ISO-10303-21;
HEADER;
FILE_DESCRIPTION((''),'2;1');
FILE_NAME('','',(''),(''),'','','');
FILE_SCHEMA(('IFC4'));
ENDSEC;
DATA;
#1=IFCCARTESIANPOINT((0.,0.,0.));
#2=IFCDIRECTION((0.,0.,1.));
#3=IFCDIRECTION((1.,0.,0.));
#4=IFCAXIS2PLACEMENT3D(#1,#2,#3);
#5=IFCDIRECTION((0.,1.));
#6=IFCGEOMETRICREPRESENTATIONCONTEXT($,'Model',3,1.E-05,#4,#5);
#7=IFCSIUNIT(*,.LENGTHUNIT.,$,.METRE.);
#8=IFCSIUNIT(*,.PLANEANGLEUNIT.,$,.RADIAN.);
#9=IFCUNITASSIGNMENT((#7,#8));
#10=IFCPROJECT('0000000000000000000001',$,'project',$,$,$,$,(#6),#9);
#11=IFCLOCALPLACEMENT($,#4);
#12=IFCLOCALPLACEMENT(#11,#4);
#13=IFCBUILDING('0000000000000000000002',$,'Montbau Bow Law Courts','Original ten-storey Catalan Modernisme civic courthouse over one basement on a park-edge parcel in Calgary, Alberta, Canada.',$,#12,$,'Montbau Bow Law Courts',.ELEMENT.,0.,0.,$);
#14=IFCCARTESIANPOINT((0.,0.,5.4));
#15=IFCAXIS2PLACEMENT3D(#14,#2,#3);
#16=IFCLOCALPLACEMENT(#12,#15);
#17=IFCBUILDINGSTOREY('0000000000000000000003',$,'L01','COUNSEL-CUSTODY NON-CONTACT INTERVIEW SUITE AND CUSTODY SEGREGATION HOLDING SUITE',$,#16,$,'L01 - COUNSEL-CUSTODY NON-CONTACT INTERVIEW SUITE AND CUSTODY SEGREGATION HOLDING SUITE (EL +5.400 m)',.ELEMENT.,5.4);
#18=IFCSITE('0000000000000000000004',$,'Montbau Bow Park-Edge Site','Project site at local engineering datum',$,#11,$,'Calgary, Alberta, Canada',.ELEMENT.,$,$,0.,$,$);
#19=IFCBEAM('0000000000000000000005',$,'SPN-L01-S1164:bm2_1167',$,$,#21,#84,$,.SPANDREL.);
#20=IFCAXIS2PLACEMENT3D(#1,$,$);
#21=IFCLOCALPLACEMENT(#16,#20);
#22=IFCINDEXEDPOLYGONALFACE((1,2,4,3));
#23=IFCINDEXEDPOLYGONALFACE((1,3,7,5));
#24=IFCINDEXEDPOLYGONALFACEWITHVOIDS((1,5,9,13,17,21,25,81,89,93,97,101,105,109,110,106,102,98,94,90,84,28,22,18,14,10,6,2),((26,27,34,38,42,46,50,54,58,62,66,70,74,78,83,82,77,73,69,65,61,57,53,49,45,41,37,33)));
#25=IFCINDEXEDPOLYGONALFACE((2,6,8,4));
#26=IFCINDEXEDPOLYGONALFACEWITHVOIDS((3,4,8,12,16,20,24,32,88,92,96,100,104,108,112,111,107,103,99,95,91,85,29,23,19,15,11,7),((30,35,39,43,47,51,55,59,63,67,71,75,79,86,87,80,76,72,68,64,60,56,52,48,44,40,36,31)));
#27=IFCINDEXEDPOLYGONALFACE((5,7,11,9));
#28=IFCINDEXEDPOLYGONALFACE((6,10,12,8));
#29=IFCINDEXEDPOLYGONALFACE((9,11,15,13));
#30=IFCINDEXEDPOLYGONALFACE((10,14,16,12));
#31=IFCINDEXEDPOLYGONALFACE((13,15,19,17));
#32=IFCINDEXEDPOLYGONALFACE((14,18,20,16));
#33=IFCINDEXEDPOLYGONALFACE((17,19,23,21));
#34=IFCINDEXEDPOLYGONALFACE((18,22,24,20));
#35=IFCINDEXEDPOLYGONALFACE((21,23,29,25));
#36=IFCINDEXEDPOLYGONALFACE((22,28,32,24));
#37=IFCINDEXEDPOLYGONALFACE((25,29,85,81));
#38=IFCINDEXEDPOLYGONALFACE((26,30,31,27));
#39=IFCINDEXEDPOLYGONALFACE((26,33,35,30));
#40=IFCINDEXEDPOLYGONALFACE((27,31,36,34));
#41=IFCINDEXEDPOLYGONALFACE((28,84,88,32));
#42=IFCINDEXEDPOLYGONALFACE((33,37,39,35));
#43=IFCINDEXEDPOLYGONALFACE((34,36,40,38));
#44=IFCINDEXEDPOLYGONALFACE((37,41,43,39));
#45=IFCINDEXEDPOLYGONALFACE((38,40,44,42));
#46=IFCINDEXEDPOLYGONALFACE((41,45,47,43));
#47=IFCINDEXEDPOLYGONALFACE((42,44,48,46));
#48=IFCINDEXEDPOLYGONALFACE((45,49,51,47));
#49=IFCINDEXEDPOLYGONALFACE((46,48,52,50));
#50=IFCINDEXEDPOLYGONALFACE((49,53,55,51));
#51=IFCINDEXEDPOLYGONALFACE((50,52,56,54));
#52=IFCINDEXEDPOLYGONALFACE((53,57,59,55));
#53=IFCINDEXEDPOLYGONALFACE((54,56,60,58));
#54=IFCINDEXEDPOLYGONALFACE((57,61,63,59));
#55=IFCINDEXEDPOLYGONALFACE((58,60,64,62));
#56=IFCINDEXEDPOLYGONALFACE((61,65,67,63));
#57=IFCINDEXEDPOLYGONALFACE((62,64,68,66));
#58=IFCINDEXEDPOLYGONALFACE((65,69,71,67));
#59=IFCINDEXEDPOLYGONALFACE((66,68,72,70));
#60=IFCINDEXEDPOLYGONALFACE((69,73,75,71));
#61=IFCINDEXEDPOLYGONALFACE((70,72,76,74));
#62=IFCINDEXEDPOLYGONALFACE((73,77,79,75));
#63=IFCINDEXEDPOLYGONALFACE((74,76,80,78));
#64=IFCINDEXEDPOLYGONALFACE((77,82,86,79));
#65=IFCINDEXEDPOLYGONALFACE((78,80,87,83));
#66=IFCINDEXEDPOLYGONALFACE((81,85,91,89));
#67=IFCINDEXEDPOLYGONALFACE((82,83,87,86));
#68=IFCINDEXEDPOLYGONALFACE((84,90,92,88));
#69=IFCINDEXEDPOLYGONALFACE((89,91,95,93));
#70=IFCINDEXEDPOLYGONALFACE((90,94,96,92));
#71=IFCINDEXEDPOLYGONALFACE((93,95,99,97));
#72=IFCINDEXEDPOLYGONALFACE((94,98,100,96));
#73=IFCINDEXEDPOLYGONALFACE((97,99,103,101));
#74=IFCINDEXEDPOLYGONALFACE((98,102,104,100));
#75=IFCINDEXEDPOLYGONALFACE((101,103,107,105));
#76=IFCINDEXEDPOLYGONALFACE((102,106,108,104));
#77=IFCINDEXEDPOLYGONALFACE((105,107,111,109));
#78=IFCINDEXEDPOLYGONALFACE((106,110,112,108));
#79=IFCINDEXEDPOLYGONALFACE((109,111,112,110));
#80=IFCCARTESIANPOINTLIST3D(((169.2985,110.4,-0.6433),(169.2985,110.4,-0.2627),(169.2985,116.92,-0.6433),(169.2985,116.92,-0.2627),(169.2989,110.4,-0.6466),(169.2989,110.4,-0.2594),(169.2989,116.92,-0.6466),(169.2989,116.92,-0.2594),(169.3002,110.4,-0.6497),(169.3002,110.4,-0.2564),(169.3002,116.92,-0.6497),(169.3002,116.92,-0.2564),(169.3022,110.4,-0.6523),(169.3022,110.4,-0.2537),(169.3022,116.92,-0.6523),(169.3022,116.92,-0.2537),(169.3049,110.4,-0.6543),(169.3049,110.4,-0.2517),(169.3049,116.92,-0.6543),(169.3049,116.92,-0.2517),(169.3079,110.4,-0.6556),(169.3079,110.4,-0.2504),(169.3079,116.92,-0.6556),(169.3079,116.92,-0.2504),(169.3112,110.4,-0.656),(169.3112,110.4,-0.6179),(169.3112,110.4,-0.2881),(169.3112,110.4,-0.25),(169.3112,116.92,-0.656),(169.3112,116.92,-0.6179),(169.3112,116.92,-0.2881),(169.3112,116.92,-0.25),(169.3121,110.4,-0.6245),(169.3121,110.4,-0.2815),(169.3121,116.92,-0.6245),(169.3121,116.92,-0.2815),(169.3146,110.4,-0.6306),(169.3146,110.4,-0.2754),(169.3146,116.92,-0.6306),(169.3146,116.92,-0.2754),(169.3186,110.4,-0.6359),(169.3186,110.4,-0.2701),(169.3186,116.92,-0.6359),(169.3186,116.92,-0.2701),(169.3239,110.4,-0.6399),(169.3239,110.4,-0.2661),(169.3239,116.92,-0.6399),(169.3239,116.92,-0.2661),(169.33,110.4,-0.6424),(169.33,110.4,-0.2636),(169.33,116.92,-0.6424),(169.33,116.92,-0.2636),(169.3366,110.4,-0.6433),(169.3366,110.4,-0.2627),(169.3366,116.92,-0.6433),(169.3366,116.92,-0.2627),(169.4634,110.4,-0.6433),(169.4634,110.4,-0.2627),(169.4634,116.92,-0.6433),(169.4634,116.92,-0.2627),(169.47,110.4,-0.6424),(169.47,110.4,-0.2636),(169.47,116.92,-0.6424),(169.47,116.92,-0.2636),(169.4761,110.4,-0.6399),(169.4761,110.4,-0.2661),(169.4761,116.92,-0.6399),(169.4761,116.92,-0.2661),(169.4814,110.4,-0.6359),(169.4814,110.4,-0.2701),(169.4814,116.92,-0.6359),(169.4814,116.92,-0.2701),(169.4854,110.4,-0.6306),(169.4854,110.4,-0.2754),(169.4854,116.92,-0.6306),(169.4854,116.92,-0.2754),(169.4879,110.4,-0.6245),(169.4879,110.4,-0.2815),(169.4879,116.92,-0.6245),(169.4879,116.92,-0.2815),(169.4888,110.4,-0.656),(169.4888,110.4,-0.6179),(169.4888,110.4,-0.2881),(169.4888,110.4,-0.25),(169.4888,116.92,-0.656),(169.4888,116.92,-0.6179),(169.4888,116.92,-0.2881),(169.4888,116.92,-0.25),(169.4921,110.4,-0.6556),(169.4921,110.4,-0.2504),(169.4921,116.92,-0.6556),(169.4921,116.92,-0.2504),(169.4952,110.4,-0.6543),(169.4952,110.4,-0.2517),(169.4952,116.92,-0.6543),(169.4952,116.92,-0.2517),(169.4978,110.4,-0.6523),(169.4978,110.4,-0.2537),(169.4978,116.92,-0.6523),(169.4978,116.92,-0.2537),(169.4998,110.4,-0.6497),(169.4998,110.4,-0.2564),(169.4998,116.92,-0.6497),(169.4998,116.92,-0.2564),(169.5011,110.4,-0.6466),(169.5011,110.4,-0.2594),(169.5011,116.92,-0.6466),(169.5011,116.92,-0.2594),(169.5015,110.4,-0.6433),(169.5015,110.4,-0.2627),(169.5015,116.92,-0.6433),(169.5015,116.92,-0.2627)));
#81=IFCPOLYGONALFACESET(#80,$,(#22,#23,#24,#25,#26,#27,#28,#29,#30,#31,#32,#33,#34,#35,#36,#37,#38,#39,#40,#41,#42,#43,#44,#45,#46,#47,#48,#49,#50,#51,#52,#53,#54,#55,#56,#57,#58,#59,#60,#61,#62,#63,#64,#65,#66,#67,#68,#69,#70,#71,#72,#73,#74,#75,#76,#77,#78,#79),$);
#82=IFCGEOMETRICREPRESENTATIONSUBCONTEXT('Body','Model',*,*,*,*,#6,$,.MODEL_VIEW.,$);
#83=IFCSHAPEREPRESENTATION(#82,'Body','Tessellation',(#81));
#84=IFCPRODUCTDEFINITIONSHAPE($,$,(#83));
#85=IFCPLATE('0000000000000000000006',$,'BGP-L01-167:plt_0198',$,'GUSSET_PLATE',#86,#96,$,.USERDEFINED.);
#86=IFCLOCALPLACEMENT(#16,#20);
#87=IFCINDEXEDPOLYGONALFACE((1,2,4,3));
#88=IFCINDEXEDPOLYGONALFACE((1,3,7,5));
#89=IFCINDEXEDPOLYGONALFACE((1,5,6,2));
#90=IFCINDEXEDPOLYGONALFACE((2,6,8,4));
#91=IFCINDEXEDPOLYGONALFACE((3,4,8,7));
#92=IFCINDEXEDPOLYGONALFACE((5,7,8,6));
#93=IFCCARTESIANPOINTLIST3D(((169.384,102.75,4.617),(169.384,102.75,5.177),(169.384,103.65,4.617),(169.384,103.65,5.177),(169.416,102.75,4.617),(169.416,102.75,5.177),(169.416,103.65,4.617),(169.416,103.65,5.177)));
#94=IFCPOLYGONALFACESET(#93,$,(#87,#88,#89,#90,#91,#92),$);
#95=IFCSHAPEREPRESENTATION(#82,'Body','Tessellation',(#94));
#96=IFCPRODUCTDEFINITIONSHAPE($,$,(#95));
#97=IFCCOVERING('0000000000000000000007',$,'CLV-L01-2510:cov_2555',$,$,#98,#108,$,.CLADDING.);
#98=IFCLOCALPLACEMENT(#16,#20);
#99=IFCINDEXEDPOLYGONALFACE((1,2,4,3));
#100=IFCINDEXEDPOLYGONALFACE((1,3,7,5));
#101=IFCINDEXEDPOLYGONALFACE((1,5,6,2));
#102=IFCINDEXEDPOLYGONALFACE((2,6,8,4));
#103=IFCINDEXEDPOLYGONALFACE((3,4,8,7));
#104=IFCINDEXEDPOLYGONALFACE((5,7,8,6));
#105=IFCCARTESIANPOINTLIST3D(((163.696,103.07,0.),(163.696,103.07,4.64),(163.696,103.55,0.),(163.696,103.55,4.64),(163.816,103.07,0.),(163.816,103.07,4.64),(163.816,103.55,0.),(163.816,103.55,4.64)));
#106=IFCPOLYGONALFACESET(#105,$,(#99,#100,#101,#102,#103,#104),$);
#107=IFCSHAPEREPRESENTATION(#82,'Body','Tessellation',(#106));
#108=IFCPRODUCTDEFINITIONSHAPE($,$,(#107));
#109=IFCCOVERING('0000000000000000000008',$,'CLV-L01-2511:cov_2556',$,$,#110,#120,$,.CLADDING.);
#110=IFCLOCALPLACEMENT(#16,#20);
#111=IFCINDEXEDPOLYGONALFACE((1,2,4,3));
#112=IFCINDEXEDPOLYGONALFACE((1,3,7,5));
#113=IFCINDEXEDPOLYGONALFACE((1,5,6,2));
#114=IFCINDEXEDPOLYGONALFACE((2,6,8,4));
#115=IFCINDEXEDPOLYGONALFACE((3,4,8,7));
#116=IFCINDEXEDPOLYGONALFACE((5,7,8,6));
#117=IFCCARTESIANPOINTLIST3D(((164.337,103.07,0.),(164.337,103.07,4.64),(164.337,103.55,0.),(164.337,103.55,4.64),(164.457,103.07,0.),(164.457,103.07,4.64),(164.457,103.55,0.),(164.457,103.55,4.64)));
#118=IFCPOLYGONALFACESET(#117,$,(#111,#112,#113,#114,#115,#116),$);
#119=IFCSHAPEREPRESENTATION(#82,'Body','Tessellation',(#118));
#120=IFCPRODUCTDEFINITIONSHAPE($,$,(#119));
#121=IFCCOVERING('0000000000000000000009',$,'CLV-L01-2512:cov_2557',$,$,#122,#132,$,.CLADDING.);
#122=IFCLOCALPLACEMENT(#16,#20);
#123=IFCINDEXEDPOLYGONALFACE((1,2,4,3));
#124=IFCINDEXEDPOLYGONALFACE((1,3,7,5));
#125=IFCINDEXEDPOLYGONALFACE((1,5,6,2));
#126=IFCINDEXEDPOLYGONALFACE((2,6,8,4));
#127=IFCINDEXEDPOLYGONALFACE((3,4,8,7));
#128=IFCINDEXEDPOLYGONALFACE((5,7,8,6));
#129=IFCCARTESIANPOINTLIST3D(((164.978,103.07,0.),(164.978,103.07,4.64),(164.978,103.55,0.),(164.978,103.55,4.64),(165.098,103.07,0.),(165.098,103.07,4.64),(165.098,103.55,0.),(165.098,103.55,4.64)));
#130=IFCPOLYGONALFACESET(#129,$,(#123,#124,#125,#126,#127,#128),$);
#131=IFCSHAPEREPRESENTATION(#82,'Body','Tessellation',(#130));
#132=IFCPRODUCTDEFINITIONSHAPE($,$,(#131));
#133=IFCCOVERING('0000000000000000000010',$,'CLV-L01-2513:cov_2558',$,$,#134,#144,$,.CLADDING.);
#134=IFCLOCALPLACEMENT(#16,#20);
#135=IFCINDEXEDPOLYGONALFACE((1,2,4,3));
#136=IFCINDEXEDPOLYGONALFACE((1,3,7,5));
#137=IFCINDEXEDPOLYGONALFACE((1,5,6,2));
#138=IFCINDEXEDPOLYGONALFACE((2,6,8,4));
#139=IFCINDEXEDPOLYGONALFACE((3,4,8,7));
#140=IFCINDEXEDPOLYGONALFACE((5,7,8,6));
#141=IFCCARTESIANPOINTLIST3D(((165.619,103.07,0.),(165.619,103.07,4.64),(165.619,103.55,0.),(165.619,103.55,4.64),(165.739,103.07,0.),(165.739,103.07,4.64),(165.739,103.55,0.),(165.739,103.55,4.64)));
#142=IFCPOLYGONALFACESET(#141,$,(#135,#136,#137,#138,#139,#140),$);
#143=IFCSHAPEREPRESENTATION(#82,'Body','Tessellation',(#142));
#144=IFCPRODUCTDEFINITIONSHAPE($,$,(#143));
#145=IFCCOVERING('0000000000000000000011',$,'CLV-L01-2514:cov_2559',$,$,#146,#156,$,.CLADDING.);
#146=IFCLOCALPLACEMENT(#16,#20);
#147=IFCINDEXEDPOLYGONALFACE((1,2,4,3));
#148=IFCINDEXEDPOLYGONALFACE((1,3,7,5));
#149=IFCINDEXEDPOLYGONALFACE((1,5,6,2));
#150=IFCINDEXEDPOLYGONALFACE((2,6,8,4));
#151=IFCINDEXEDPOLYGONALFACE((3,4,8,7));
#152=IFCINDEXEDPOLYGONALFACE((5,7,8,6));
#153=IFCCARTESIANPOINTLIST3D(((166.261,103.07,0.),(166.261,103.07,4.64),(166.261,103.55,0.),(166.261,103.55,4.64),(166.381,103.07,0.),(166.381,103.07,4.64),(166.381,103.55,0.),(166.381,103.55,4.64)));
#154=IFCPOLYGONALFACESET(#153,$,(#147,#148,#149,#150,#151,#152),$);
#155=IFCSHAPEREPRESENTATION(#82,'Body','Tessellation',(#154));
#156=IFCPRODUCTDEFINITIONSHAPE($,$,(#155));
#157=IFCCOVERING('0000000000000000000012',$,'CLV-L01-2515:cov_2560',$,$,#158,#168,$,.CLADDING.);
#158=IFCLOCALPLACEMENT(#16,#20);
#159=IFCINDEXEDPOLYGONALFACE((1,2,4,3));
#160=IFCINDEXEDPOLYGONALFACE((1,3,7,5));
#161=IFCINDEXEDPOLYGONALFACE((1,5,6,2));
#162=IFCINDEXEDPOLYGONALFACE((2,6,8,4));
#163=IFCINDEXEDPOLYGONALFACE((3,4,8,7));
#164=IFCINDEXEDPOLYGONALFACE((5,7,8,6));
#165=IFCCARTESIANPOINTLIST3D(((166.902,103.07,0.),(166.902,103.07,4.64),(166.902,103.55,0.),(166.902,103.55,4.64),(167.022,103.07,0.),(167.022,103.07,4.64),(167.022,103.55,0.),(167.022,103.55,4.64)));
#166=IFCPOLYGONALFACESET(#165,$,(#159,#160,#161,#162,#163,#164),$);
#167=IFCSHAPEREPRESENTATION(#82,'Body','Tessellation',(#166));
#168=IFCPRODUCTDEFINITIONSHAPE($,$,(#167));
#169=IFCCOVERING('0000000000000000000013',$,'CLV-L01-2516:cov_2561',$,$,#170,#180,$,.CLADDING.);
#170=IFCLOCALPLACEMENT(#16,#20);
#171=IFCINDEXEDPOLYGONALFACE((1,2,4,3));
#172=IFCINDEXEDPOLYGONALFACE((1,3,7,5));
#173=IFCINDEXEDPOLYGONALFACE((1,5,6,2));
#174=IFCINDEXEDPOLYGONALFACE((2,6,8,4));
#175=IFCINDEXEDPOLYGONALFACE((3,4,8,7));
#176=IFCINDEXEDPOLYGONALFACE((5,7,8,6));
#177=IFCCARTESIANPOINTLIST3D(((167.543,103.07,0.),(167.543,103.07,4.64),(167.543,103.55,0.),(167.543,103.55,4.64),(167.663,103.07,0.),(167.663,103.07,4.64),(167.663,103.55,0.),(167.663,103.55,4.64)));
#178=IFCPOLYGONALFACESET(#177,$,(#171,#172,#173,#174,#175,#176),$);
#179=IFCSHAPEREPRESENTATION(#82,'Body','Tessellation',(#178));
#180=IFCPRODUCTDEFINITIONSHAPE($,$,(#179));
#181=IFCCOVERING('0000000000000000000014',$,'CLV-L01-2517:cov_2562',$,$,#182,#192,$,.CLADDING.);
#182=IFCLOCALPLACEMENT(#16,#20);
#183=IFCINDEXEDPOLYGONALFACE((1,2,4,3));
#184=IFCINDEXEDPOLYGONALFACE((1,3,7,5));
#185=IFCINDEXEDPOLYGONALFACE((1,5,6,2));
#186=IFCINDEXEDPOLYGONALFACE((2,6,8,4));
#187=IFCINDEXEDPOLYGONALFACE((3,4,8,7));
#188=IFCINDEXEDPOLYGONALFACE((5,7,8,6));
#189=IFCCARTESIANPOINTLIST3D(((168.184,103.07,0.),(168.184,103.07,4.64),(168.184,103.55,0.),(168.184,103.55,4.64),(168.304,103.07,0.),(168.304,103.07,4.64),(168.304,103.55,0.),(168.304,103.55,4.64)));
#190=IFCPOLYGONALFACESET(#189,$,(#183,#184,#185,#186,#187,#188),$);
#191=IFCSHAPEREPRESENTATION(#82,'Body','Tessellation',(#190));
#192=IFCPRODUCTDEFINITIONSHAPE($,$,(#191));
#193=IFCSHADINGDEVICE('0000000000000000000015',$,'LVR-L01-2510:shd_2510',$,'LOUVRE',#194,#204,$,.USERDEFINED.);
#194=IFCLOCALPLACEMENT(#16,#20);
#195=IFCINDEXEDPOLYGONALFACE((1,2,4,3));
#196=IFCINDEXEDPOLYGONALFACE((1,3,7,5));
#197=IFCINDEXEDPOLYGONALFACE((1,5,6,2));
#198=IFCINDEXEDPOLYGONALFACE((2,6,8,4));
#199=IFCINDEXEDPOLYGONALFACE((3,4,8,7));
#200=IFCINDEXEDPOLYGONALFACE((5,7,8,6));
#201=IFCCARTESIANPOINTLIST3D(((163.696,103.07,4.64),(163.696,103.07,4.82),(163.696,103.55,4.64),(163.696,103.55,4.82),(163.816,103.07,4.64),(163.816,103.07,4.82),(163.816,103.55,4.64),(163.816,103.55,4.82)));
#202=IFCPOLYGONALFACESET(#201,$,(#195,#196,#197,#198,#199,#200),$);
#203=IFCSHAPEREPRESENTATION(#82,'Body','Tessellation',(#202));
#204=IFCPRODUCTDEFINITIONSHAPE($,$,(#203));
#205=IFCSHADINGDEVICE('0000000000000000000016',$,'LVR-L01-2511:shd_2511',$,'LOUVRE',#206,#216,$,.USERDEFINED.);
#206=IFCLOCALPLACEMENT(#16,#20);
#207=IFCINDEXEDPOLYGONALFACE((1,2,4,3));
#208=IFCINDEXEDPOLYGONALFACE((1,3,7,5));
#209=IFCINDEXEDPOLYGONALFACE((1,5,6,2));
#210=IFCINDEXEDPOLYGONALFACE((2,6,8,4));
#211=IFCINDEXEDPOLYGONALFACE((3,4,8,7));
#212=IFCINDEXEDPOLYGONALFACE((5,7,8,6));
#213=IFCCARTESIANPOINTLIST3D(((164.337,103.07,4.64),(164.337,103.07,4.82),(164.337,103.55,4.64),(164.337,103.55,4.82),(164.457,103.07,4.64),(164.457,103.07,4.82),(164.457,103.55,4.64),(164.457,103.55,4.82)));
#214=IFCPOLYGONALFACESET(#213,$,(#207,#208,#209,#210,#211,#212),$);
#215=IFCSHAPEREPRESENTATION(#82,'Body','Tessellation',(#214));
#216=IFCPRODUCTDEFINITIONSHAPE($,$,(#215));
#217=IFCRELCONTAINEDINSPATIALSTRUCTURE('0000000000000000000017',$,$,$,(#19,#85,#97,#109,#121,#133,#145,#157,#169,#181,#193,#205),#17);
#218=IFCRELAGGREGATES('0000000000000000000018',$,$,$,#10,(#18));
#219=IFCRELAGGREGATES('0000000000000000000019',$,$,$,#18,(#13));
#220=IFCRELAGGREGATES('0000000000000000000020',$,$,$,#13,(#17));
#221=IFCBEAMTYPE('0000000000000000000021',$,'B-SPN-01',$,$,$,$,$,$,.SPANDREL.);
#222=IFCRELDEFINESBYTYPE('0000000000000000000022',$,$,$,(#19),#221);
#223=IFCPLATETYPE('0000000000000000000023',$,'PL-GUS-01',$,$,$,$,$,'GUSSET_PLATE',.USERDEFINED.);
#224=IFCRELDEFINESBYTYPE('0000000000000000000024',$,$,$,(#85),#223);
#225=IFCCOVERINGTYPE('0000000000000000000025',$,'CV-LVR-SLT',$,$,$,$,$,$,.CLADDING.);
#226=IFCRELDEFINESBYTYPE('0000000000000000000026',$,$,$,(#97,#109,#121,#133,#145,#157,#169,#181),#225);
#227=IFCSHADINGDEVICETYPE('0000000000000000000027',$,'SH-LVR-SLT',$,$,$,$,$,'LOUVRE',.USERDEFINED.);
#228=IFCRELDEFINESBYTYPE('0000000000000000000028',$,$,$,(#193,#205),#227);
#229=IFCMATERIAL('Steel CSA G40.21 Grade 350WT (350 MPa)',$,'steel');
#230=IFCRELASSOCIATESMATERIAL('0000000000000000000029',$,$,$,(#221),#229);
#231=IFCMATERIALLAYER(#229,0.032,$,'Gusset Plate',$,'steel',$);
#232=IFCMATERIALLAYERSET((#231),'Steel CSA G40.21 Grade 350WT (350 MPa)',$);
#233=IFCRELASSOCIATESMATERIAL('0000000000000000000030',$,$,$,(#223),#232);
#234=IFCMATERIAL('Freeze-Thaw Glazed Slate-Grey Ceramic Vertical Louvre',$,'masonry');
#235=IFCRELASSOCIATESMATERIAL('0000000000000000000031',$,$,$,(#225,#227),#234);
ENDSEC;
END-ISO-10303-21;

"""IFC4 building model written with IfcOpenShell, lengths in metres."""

from ifc_helpers import new_model, si_unit, direction, frame, frame_2d, origin_with_axes, origin_2d_with_axis, place, context, subcontext, project, spatial, rectangle, hollow_rectangle, extrude, material, layer, layer_set, material_profile, profile_set, type_object, element, save


model = new_model("IFC4")

# Units and contexts
model_context = context("Model", 3, precision=1e-05, world=origin_with_axes(), true_north=direction((0.0, 1.0)))
body_context = subcontext(model_context, "Body", "Model", "MODEL_VIEW")
ifc_project = project(units=[si_unit("LENGTHUNIT", "METRE"), si_unit("PLANEANGLEUNIT", "RADIAN")], contexts=[model_context])

# Site, building, storey
site_placement = place(None, origin_with_axes())
site = spatial("IfcSite", under=ifc_project, at=site_placement, Name="Montbau Bow Park-Edge Site", Description="Project site at local engineering datum", LongName="Calgary, Alberta, Canada", CompositionType="ELEMENT", RefElevation=0.0)
building_placement = place(site_placement, origin_with_axes())
building = spatial("IfcBuilding", under=site, at=building_placement, Name="Montbau Bow Law Courts", Description="Original ten-storey Catalan Modernisme civic courthouse over one basement on a park-edge parcel in Calgary, Alberta, Canada.", LongName="Montbau Bow Law Courts", CompositionType="ELEMENT", ElevationOfRefHeight=0.0, ElevationOfTerrain=0.0)
storey_placement = place(building_placement, frame((0.0, 0.0, 5.4), z_axis=(0.0, 0.0, 1.0), x_axis=(1.0, 0.0, 0.0)))
storey = spatial("IfcBuildingStorey", under=building, at=storey_placement, Name="L01", Description="COUNSEL-CUSTODY NON-CONTACT INTERVIEW SUITE AND CUSTODY SEGREGATION HOLDING SUITE", LongName="L01 - COUNSEL-CUSTODY NON-CONTACT INTERVIEW SUITE AND CUSTODY SEGREGATION HOLDING SUITE (EL +5.400 m)", CompositionType="ELEMENT", Elevation=5.4)

# Beam
ifc_material_1 = material(Name="Steel CSA G40.21 Grade 350WT (350 MPa)", Category="steel")
ifc_material_profile_1 = material_profile(ifc_material_1, hollow_rectangle(XDim=0.203, YDim=0.406, WallThickness=0.0127, InnerFilletRadius=0.0254, OuterFilletRadius=0.0127, at=origin_2d_with_axis()), Name="HSS406X203X13", Category="Main", Priority=0)
ifc_profile_set_1 = profile_set([ifc_material_profile_1], Name="Steel CSA G40.21 Grade 350WT (350 MPa)")
beam_type_1 = type_object("IfcBeamType", Name="B-SPN-01", PredefinedType="SPANDREL", material=ifc_profile_set_1)
beam_1_placement = place(None, frame((169.4, 110.4, 4.947), z_axis=(0.0, 1.0, 0.0), x_axis=(-1.0, 0.0, 0.0)))
element("IfcBeam", 1, at=beam_1_placement, inside=storey, type_object=beam_type_1, Name="SPN-L01-S1164:bm2_1167", PredefinedType="SPANDREL", context=body_context, shape_type="SweptSolid", body=[
    extrude(hollow_rectangle(XDim=0.203, YDim=0.406, WallThickness=0.0127, InnerFilletRadius=0.0254, OuterFilletRadius=0.0127, at=origin_2d_with_axis()), origin_with_axes(), (0.0, 0.0, 1.0), 6.52),
])

# Plate
ifc_layer = layer(ifc_material_1, 0.032, Name="Gusset Plate", Category="steel")
ifc_layer_set = layer_set([ifc_layer], Name="Steel CSA G40.21 Grade 350WT (350 MPa)")
plate_type = type_object("IfcPlateType", Name="PL-GUS-01", ElementType="GUSSET_PLATE", PredefinedType="USERDEFINED", material=ifc_layer_set)
plate_placement = place(None, frame((169.4, 103.2, 10.017), z_axis=(0.0, 0.0, 1.0), x_axis=(0.0, 1.0, 0.0)))
element("IfcPlate", 2, at=plate_placement, inside=storey, type_object=plate_type, Name="BGP-L01-167:plt_0198", ObjectType="GUSSET_PLATE", PredefinedType="USERDEFINED", context=body_context, shape_type="SweptSolid", body=[
    extrude(rectangle(XDim=0.9, YDim=0.032, at=origin_2d_with_axis()), origin_with_axes(), (0.0, 0.0, 1.0), 0.56),
])

# Coverings
ifc_material_2 = material(Name="Freeze-Thaw Glazed Slate-Grey Ceramic Vertical Louvre", Category="masonry")
covering_type = type_object("IfcCoveringType", Name="CV-LVR-SLT", PredefinedType="CLADDING", material=ifc_material_2)
for number, where, z_axis, x_axis, name in (
    (3, (163.756, 103.07, 5.4), (1.0, 0.0, 0.0), (0.0, 1.0, 0.0), "CLV-L01-2510:cov_2555"),
    (4, (164.397, 103.07, 5.4), (1.0, 0.0, 0.0), (0.0, 1.0, 0.0), "CLV-L01-2511:cov_2556"),
    (5, (165.038, 103.07, 5.4), (1.0, 0.0, 0.0), (0.0, 1.0, 0.0), "CLV-L01-2512:cov_2557"),
    (6, (165.679, 103.07, 5.4), (1.0, 0.0, 0.0), (0.0, 1.0, 0.0), "CLV-L01-2513:cov_2558"),
    (7, (166.321, 103.07, 5.4), (1.0, 0.0, 0.0), (0.0, 1.0, 0.0), "CLV-L01-2514:cov_2559"),
    (8, (166.962, 103.07, 5.4), (1.0, 0.0, 0.0), (0.0, 1.0, 0.0), "CLV-L01-2515:cov_2560"),
    (9, (167.603, 103.07, 5.4), (1.0, 0.0, 0.0), (0.0, 1.0, 0.0), "CLV-L01-2516:cov_2561"),
    (10, (168.244, 103.07, 5.4), (1.0, 0.0, 0.0), (0.0, 1.0, 0.0), "CLV-L01-2517:cov_2562"),
):
    element("IfcCovering", number, at=place(None, frame(where, z_axis=z_axis, x_axis=x_axis)), inside=storey, type_object=covering_type, Name=name, PredefinedType="CLADDING", context=body_context, shape_type="SweptSolid", body=[
        extrude(rectangle(XDim=0.48, YDim=4.64, at=frame_2d((0.24, 2.32), x_axis=(1.0, 0.0))), frame((0.0, 0.0, -0.06), z_axis=(0.0, 0.0, 1.0), x_axis=(1.0, 0.0, 0.0)), (0.0, 0.0, 1.0), 0.12),
    ])

# Shading devices
shading_device_type = type_object("IfcShadingDeviceType", Name="SH-LVR-SLT", ElementType="LOUVRE", PredefinedType="USERDEFINED", material=ifc_material_2)
for number, where, z_axis, x_axis, name in (
    (11, (163.756, 103.31, 10.04), (0.0, 0.0, 1.0), (0.0, 1.0, 0.0), "LVR-L01-2510:shd_2510"),
    (12, (164.397, 103.31, 10.04), (0.0, 0.0, 1.0), (0.0, 1.0, 0.0), "LVR-L01-2511:shd_2511"),
):
    element("IfcShadingDevice", number, at=place(None, frame(where, z_axis=z_axis, x_axis=x_axis)), inside=storey, type_object=shading_device_type, Name=name, ObjectType="LOUVRE", PredefinedType="USERDEFINED", context=body_context, shape_type="SweptSolid", body=[
        extrude(rectangle(XDim=0.48, YDim=0.12, at=origin_2d_with_axis()), origin_with_axes(), (0.0, 0.0, 1.0), 0.18),
    ])

save(model, "model.ifc")
